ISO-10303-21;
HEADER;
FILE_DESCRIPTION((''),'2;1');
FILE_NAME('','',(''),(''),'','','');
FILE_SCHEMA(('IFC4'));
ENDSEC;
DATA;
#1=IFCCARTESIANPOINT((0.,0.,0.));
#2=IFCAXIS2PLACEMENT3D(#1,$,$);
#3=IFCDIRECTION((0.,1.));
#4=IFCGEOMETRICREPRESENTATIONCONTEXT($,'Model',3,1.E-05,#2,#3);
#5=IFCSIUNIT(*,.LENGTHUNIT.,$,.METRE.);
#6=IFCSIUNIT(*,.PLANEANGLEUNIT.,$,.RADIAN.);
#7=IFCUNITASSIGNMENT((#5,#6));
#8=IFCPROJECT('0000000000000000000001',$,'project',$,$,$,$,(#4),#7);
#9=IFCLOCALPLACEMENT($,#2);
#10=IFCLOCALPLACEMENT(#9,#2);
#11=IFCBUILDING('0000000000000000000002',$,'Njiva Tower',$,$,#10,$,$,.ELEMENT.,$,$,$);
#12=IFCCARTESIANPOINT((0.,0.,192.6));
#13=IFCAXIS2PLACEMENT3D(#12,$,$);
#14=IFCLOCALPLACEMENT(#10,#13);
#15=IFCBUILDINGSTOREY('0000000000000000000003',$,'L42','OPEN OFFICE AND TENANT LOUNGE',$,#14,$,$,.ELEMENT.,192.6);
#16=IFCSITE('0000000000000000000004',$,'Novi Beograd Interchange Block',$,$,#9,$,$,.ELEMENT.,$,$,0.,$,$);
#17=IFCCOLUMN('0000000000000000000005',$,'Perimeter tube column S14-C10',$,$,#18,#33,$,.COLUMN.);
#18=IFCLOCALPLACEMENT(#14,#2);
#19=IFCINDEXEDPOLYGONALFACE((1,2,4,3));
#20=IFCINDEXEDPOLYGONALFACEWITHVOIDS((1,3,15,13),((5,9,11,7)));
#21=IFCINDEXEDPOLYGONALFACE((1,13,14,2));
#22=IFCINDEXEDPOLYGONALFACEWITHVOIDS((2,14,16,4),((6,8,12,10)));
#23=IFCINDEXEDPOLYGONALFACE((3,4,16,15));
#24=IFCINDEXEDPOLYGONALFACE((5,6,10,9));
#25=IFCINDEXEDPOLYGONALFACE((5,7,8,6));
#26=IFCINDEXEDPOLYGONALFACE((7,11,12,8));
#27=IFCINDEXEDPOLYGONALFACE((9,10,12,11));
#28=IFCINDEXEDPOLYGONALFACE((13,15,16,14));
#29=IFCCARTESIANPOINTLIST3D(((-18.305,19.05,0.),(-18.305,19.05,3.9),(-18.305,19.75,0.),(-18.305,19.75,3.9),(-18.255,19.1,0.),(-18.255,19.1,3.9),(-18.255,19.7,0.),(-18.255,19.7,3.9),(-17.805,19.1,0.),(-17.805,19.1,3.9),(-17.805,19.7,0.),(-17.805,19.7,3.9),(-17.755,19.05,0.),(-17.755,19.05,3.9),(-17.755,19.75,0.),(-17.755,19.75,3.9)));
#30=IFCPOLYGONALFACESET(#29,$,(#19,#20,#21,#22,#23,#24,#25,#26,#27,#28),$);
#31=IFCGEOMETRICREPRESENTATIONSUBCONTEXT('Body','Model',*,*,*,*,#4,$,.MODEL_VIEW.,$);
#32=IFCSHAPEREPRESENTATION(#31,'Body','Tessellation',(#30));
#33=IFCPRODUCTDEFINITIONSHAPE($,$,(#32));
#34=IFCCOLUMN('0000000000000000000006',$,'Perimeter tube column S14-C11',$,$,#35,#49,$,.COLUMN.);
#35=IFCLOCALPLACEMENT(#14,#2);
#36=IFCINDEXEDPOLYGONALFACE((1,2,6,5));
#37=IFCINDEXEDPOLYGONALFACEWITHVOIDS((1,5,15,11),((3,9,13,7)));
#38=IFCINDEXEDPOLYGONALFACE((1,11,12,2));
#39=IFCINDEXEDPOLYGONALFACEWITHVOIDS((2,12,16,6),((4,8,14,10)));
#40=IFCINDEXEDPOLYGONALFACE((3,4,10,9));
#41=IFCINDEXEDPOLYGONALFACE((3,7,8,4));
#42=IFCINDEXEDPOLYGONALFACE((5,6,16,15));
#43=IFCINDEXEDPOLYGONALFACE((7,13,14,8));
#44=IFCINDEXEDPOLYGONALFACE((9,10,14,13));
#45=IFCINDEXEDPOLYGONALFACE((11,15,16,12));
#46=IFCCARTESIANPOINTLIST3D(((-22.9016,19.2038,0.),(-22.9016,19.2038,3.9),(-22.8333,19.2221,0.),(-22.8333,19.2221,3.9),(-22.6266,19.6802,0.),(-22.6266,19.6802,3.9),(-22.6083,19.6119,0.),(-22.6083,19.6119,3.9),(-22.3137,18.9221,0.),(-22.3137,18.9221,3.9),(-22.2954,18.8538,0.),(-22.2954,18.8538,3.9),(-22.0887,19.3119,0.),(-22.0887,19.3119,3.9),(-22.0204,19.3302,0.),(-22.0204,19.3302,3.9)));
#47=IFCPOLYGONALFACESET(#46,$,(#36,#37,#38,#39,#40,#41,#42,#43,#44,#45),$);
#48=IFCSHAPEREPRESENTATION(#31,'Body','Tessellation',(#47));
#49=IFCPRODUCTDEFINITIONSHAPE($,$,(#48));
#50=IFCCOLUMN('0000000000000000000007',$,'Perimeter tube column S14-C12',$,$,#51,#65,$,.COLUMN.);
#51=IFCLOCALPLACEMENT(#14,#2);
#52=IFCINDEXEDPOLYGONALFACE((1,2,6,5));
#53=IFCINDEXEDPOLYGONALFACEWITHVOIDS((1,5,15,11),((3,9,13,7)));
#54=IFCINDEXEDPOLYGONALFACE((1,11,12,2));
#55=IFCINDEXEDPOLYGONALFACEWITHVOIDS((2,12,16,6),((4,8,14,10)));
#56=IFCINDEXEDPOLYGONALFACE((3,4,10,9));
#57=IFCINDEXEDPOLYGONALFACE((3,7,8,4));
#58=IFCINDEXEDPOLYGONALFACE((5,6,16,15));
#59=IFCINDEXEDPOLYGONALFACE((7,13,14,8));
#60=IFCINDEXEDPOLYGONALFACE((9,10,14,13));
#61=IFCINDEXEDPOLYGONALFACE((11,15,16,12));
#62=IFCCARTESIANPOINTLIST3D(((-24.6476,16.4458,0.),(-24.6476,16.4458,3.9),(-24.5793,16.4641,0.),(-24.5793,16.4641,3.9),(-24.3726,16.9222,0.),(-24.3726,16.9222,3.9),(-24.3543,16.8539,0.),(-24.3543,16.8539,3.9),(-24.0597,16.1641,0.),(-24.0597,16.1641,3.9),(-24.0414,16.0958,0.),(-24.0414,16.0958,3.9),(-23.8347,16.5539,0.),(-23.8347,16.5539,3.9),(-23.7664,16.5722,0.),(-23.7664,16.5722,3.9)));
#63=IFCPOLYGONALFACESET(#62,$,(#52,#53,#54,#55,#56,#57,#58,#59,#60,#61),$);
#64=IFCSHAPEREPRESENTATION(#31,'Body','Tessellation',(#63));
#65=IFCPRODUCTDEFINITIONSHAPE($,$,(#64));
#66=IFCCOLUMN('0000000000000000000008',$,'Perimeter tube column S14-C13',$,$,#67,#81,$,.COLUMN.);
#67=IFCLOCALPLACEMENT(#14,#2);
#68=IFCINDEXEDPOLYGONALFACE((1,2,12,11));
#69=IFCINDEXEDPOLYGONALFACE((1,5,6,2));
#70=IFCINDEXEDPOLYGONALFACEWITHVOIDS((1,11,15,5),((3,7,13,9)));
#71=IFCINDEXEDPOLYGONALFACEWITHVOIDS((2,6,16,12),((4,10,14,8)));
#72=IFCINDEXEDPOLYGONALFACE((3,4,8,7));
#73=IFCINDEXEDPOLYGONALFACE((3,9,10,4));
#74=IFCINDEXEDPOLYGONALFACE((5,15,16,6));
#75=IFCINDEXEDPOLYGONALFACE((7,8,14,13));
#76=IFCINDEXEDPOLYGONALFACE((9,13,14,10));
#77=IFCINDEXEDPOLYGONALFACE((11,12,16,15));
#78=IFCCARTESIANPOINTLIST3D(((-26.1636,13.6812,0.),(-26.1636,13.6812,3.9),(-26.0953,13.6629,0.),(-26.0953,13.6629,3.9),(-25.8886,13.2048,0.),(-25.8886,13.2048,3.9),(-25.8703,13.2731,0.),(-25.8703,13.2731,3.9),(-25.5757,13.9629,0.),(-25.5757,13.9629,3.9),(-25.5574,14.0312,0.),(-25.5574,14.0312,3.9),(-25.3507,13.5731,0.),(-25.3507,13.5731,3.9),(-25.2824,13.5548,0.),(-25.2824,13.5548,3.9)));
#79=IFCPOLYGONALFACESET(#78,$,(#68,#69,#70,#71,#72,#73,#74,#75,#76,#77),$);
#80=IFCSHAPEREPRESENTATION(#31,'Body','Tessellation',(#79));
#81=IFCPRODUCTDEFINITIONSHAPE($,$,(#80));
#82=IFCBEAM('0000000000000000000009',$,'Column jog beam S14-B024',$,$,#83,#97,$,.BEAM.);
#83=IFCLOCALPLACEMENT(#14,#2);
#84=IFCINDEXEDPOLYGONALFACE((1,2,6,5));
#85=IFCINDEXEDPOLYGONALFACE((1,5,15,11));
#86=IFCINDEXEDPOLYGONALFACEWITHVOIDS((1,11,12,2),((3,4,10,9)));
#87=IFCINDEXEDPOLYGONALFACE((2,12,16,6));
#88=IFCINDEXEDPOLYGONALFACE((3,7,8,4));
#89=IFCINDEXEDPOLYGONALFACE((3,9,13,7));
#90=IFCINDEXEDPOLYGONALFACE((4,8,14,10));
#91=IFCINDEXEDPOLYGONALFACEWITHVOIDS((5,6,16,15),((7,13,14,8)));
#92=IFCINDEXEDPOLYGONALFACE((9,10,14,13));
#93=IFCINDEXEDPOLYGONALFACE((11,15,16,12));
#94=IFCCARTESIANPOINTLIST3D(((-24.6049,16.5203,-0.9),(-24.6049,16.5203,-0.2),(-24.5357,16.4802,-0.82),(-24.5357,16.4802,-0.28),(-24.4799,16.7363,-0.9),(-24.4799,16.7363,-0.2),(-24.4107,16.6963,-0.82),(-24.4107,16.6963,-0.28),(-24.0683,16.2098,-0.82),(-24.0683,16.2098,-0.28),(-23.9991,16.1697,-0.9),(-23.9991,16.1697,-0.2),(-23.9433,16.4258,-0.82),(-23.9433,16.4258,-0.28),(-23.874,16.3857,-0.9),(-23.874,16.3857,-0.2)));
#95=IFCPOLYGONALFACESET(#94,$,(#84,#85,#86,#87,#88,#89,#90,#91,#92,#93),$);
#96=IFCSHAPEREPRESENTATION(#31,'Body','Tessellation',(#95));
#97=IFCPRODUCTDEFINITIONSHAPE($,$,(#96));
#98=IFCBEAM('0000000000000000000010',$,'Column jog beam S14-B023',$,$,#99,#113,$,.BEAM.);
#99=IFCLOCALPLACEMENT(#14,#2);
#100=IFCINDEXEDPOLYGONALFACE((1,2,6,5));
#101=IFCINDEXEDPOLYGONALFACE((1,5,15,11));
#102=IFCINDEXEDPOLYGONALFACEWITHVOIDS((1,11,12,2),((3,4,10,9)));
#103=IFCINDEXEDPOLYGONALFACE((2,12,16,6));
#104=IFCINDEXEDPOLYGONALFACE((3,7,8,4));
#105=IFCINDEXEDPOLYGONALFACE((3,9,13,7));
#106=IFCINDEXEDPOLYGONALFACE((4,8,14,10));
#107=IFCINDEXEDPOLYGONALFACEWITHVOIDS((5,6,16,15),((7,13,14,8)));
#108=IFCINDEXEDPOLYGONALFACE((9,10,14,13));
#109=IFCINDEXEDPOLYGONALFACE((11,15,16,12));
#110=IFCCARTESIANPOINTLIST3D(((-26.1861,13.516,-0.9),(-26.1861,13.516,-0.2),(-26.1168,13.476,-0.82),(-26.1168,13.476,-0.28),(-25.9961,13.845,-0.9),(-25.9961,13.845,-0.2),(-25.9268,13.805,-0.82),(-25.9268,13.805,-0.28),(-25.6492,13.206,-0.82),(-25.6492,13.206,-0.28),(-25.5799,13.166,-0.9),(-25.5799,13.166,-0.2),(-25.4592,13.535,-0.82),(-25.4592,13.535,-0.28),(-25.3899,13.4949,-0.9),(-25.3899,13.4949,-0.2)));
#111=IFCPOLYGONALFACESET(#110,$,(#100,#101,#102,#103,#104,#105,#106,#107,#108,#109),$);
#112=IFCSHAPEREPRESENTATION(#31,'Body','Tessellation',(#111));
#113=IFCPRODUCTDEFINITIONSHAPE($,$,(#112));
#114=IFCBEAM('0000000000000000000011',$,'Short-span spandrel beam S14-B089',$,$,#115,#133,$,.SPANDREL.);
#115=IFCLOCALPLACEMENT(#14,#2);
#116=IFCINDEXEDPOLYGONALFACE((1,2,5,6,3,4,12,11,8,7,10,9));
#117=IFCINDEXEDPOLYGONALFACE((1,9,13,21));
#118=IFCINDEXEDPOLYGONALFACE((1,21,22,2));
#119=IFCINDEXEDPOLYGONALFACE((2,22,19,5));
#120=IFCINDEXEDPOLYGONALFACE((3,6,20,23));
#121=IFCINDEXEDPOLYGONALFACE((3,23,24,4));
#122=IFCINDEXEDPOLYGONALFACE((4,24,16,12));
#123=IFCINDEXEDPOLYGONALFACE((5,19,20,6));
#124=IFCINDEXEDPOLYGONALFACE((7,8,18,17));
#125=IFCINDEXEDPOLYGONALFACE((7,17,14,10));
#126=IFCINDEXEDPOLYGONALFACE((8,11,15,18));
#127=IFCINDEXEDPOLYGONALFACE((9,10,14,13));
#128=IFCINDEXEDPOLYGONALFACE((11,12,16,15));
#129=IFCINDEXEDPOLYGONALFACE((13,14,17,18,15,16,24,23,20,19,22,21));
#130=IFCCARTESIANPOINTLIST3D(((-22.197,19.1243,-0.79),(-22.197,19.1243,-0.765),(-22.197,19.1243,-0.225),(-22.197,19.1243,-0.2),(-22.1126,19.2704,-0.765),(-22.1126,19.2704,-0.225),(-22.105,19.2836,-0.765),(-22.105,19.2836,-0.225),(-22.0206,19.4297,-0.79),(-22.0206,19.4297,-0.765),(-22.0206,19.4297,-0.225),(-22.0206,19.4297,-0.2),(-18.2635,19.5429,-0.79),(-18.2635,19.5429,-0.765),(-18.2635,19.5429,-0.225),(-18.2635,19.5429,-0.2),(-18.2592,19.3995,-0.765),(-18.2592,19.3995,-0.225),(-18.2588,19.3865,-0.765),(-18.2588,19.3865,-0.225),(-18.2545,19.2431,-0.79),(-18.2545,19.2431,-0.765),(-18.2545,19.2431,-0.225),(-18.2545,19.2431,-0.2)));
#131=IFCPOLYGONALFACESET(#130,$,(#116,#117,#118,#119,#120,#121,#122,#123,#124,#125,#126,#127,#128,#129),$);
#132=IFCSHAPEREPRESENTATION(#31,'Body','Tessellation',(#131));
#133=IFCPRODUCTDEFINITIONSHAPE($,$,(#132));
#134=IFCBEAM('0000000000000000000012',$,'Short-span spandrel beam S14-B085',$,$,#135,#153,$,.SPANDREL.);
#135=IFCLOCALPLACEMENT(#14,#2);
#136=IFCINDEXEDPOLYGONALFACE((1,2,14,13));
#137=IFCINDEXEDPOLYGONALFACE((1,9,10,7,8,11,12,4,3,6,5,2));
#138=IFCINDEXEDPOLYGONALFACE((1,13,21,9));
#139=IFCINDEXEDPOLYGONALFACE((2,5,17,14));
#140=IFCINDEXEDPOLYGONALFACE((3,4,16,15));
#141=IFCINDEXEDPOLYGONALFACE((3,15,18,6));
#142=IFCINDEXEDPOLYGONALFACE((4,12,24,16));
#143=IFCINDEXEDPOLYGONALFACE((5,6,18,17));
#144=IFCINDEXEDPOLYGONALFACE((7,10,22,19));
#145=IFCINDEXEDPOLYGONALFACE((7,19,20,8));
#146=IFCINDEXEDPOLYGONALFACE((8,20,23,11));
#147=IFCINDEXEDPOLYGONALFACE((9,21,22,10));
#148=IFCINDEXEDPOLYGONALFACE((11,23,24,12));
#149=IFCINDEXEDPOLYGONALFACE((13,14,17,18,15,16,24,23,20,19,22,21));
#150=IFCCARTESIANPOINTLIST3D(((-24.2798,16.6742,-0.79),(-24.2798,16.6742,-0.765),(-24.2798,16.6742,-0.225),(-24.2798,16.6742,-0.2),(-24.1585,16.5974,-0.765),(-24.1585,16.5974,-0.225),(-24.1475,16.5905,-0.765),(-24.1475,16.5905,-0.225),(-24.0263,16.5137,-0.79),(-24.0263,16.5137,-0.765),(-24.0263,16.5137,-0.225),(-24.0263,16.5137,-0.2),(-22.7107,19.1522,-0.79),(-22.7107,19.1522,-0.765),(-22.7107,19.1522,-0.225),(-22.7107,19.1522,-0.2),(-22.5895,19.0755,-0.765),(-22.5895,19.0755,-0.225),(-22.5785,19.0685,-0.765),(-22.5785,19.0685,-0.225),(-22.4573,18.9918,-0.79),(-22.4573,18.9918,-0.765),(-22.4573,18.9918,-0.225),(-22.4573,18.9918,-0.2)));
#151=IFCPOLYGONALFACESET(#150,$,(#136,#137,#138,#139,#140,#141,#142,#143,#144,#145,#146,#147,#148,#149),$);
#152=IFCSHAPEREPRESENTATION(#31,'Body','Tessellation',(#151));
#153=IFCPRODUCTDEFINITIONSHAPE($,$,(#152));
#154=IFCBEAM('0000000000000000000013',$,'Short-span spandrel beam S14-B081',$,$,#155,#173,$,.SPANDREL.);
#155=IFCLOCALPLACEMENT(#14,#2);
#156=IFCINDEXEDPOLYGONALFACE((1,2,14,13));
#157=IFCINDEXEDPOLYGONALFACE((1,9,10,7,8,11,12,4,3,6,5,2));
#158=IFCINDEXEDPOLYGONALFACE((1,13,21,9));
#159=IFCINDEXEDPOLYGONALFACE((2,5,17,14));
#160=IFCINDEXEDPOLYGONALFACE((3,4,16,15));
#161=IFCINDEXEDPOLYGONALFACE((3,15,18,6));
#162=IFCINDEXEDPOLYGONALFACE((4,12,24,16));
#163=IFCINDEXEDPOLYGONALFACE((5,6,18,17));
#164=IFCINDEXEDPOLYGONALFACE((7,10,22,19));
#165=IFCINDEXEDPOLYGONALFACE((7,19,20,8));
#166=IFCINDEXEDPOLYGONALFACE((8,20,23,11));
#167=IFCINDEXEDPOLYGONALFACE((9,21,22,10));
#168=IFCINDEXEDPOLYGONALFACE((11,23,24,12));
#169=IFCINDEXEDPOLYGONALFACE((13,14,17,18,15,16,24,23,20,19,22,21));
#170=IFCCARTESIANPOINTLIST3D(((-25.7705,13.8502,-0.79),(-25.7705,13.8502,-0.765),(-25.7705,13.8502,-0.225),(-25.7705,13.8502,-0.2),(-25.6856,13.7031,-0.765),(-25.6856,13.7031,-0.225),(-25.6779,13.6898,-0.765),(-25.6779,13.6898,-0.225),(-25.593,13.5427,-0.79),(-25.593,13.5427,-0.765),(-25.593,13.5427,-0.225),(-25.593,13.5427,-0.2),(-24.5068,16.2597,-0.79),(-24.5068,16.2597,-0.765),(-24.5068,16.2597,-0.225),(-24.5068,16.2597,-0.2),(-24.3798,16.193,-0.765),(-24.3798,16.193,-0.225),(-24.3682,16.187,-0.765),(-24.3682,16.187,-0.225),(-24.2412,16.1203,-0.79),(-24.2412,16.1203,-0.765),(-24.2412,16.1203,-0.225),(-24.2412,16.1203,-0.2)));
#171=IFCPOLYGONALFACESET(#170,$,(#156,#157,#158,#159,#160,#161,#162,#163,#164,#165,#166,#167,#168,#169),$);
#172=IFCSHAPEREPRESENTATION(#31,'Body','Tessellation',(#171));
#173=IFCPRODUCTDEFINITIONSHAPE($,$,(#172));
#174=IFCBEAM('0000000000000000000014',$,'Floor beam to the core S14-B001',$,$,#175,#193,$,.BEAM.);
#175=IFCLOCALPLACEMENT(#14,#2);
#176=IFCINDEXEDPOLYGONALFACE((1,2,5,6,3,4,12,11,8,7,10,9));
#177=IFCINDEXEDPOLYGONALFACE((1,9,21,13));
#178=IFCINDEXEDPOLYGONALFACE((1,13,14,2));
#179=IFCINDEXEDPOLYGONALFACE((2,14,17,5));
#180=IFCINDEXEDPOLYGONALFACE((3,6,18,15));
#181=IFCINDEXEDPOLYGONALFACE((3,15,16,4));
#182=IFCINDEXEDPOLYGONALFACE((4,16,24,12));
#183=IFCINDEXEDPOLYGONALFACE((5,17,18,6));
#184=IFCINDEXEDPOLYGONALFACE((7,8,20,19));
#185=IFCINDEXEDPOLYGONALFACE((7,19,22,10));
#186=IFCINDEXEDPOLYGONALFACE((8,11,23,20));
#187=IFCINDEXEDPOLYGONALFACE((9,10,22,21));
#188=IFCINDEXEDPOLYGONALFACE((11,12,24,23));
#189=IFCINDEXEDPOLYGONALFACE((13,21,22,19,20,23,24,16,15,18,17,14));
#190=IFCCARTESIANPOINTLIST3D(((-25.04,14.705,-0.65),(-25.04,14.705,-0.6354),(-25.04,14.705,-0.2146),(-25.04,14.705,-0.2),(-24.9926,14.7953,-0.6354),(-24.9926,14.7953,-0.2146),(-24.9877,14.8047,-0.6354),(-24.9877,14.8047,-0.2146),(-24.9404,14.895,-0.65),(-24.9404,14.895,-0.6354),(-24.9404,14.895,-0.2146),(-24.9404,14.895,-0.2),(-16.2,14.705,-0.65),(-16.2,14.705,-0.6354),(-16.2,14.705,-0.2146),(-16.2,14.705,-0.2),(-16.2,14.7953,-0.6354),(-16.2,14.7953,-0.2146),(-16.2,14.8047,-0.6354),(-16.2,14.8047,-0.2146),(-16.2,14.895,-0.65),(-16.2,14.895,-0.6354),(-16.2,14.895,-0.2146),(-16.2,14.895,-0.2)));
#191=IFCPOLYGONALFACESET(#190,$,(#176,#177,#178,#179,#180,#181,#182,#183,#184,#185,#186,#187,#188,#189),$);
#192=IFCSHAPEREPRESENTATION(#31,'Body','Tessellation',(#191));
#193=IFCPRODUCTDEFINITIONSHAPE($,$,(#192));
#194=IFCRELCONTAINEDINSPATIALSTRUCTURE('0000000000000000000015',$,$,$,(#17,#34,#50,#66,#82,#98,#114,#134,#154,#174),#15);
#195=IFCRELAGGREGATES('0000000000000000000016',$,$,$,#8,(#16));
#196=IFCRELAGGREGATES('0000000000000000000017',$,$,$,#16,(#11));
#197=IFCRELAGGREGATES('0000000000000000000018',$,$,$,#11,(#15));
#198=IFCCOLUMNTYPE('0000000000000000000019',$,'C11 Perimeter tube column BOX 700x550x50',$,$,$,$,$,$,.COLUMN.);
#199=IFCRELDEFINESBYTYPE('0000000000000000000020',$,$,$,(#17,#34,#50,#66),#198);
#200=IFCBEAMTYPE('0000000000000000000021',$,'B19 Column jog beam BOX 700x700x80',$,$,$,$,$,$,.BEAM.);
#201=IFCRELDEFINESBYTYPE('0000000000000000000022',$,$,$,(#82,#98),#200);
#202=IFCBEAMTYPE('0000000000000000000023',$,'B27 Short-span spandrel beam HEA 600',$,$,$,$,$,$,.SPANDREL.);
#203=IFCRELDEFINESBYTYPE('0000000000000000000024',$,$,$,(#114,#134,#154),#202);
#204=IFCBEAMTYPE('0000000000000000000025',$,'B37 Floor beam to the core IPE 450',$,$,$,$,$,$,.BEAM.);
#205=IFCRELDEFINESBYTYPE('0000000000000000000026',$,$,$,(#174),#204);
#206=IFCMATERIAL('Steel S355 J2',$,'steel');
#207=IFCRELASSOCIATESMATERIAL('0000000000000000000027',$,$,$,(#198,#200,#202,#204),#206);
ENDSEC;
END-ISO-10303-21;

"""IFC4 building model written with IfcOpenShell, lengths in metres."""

from ifc_helpers import new_model, si_unit, direction, frame, origin, origin_2d, place, context, subcontext, project, spatial, hollow_rectangle, i_section, extrude, clip, halfspace, material, material_profile, profile_set, type_object, element, save


model = new_model("IFC4")

# Units and contexts
model_context = context("Model", 3, precision=1e-05, world=origin(), true_north=direction((0.0, 1.0)))
body_context = subcontext(model_context, "Body", "Model", "MODEL_VIEW")
ifc_project = project(units=[si_unit("LENGTHUNIT", "METRE"), si_unit("PLANEANGLEUNIT", "RADIAN")], contexts=[model_context])

# Site, building, storey
site_placement = place(None, origin())
site = spatial("IfcSite", under=ifc_project, at=site_placement, Name="Novi Beograd Interchange Block", CompositionType="ELEMENT", RefElevation=0.0)
building_placement = place(site_placement, origin())
building = spatial("IfcBuilding", under=site, at=building_placement, Name="Njiva Tower", CompositionType="ELEMENT")
storey_placement = place(building_placement, frame((0.0, 0.0, 192.6)))
storey = spatial("IfcBuildingStorey", under=building, at=storey_placement, Name="L42", Description="OPEN OFFICE AND TENANT LOUNGE", CompositionType="ELEMENT", Elevation=192.6)

# Columns
ifc_material_1 = material(Name="Steel S355 J2", Category="steel")
ifc_material_profile_1 = material_profile(ifc_material_1, hollow_rectangle(XDim=0.55, YDim=0.7, WallThickness=0.05, at=origin_2d()), Name="BOX 700x550x50")
ifc_profile_set_1 = profile_set([ifc_material_profile_1], Name="Steel S355 J2")
column_type = type_object("IfcColumnType", Name="C11 Perimeter tube column BOX 700x550x50", PredefinedType="COLUMN", material=ifc_profile_set_1)
for number, where, z_axis, x_axis, name in (
    (1, (-18.03, 19.4, 0.0), (0.0, 0.0, 1.0), (-1.0, 0.0, 0.0), "Perimeter tube column S14-C10"),
    (2, (-22.461, 19.267, 0.0), (0.0, 0.0, 1.0), (-0.5, -0.866025, 0.0), "Perimeter tube column S14-C11"),
    (3, (-24.207, 16.509, 0.0), (0.0, 0.0, 1.0), (-0.5, -0.866025, 0.0), "Perimeter tube column S14-C12"),
    (4, (-25.723, 13.618, 0.0), (0.0, 0.0, 1.0), (0.5, -0.866025, 0.0), "Perimeter tube column S14-C13"),
):
    element("IfcColumn", number, at=place(storey_placement, frame(where, z_axis=z_axis, x_axis=x_axis)), inside=storey, type_object=column_type, Name=name, PredefinedType="COLUMN", context=body_context, shape_type="SweptSolid", body=[
        extrude(hollow_rectangle(XDim=0.55, YDim=0.7, WallThickness=0.05, at=origin_2d()), origin(), (0.0, 0.0, 1.0), 3.9),
    ])

# Beams
ifc_material_profile_2 = material_profile(ifc_material_1, hollow_rectangle(XDim=0.7, YDim=0.7, WallThickness=0.08, at=origin_2d()), Name="BOX 700x700x80")
ifc_profile_set_2 = profile_set([ifc_material_profile_2], Name="Steel S355 J2")
beam_type_1 = type_object("IfcBeamType", Name="B19 Column jog beam BOX 700x700x80", PredefinedType="BEAM", material=ifc_profile_set_2)
beam_1_placement = place(storey_placement, frame((-24.302, 16.345, -0.55), z_axis=(0.500878, 0.865518, 0.0), x_axis=(-0.865518, 0.500878, 0.0)))
element("IfcBeam", 5, at=beam_1_placement, inside=storey, type_object=beam_type_1, Name="Column jog beam S14-B024", PredefinedType="BEAM", context=body_context, shape_type="SweptSolid", body=[
    extrude(hollow_rectangle(XDim=0.7, YDim=0.7, WallThickness=0.08, at=origin_2d()), origin(), (0.0, 0.0, 1.0), 0.2496),
])
beam_2_placement = place(storey_placement, frame((-25.883, 13.341, -0.55), z_axis=(0.500102, 0.865966, 0.0), x_axis=(-0.865966, 0.500102, 0.0)))
element("IfcBeam", 6, at=beam_2_placement, inside=storey, type_object=beam_type_1, Name="Column jog beam S14-B023", PredefinedType="BEAM", context=body_context, shape_type="SweptSolid", body=[
    extrude(hollow_rectangle(XDim=0.7, YDim=0.7, WallThickness=0.08, at=origin_2d()), origin(), (0.0, 0.0, 1.0), 0.3799),
])
ifc_material_profile_3 = material_profile(ifc_material_1, i_section(OverallWidth=0.3, OverallDepth=0.59, WebThickness=0.013, FlangeThickness=0.025, at=origin_2d()), Name="HEA 600")
ifc_profile_set_3 = profile_set([ifc_material_profile_3], Name="Steel S355 J2")
beam_type_2 = type_object("IfcBeamType", Name="B27 Short-span spandrel beam HEA 600", PredefinedType="SPANDREL", material=ifc_profile_set_3)
beam_3_placement = place(storey_placement, frame((-18.259, 19.393, -0.495), z_axis=(-0.999546, -0.030116, 0.0), x_axis=(0.030116, -0.999546, 0.0)))
element("IfcBeam", 7, at=beam_3_placement, inside=storey, type_object=beam_type_2, Name="Short-span spandrel beam S14-B089", PredefinedType="SPANDREL", context=body_context, shape_type="Clipping", body=[
    clip(extrude(i_section(OverallWidth=0.3, OverallDepth=0.59, WebThickness=0.013, FlangeThickness=0.025, at=origin_2d()), origin(), (0.0, 0.0, 1.0), 3.9647), halfspace(frame((-0.0268, 0.0, 3.835), z_axis=(-0.525853, 0.0, 0.850576), x_axis=(0.0, 1.0, 0.0)), False)),
])
beam_4_placement = place(storey_placement, frame((-22.584, 19.072, -0.495), z_axis=(-0.534955, -0.844881, 0.0), x_axis=(0.844881, -0.534955, 0.0)))
element("IfcBeam", 8, at=beam_4_placement, inside=storey, type_object=beam_type_2, Name="Short-span spandrel beam S14-B085", PredefinedType="SPANDREL", context=body_context, shape_type="SweptSolid", body=[
    extrude(i_section(OverallWidth=0.3, OverallDepth=0.59, WebThickness=0.013, FlangeThickness=0.025, at=origin_2d()), origin(), (0.0, 0.0, 1.0), 2.933),
])
beam_5_placement = place(storey_placement, frame((-24.374, 16.19, -0.495), z_axis=(-0.464458, -0.885595, 0.0), x_axis=(0.885595, -0.464458, 0.0)))
element("IfcBeam", 9, at=beam_5_placement, inside=storey, type_object=beam_type_2, Name="Short-span spandrel beam S14-B081", PredefinedType="SPANDREL", context=body_context, shape_type="Clipping", body=[
    clip(extrude(i_section(OverallWidth=0.3, OverallDepth=0.59, WebThickness=0.013, FlangeThickness=0.025, at=origin_2d()), origin(), (0.0, 0.0, 1.0), 2.9312), halfspace(frame((-0.0265, 0.0, 2.7989), z_axis=(-0.534721, 0.0, 0.845029), x_axis=(0.0, 1.0, 0.0)), False)),
])
ifc_material_profile_4 = material_profile(ifc_material_1, i_section(OverallWidth=0.19, OverallDepth=0.45, WebThickness=0.0094, FlangeThickness=0.0146, at=origin_2d()), Name="IPE 450")
ifc_profile_set_4 = profile_set([ifc_material_profile_4], Name="Steel S355 J2")
beam_type_3 = type_object("IfcBeamType", Name="B37 Floor beam to the core IPE 450", PredefinedType="BEAM", material=ifc_profile_set_4)
beam_6_placement = place(storey_placement, frame((-25.06, 14.8, -0.425), z_axis=(1.0, 0.0, 0.0), x_axis=(0.0, 1.0, 0.0)))
element("IfcBeam", 10, at=beam_6_placement, inside=storey, type_object=beam_type_3, Name="Floor beam to the core S14-B001", PredefinedType="BEAM", context=body_context, shape_type="Clipping", body=[
    clip(extrude(i_section(OverallWidth=0.19, OverallDepth=0.45, WebThickness=0.0094, FlangeThickness=0.0146, at=origin_2d()), origin(), (0.0, 0.0, 1.0), 8.86), halfspace(frame((0.0232, 0.0, 0.082), z_axis=(0.464267, 0.0, -0.885695), x_axis=(0.0, -1.0, 0.0)), False)),
])

save(model, "model.ifc")
